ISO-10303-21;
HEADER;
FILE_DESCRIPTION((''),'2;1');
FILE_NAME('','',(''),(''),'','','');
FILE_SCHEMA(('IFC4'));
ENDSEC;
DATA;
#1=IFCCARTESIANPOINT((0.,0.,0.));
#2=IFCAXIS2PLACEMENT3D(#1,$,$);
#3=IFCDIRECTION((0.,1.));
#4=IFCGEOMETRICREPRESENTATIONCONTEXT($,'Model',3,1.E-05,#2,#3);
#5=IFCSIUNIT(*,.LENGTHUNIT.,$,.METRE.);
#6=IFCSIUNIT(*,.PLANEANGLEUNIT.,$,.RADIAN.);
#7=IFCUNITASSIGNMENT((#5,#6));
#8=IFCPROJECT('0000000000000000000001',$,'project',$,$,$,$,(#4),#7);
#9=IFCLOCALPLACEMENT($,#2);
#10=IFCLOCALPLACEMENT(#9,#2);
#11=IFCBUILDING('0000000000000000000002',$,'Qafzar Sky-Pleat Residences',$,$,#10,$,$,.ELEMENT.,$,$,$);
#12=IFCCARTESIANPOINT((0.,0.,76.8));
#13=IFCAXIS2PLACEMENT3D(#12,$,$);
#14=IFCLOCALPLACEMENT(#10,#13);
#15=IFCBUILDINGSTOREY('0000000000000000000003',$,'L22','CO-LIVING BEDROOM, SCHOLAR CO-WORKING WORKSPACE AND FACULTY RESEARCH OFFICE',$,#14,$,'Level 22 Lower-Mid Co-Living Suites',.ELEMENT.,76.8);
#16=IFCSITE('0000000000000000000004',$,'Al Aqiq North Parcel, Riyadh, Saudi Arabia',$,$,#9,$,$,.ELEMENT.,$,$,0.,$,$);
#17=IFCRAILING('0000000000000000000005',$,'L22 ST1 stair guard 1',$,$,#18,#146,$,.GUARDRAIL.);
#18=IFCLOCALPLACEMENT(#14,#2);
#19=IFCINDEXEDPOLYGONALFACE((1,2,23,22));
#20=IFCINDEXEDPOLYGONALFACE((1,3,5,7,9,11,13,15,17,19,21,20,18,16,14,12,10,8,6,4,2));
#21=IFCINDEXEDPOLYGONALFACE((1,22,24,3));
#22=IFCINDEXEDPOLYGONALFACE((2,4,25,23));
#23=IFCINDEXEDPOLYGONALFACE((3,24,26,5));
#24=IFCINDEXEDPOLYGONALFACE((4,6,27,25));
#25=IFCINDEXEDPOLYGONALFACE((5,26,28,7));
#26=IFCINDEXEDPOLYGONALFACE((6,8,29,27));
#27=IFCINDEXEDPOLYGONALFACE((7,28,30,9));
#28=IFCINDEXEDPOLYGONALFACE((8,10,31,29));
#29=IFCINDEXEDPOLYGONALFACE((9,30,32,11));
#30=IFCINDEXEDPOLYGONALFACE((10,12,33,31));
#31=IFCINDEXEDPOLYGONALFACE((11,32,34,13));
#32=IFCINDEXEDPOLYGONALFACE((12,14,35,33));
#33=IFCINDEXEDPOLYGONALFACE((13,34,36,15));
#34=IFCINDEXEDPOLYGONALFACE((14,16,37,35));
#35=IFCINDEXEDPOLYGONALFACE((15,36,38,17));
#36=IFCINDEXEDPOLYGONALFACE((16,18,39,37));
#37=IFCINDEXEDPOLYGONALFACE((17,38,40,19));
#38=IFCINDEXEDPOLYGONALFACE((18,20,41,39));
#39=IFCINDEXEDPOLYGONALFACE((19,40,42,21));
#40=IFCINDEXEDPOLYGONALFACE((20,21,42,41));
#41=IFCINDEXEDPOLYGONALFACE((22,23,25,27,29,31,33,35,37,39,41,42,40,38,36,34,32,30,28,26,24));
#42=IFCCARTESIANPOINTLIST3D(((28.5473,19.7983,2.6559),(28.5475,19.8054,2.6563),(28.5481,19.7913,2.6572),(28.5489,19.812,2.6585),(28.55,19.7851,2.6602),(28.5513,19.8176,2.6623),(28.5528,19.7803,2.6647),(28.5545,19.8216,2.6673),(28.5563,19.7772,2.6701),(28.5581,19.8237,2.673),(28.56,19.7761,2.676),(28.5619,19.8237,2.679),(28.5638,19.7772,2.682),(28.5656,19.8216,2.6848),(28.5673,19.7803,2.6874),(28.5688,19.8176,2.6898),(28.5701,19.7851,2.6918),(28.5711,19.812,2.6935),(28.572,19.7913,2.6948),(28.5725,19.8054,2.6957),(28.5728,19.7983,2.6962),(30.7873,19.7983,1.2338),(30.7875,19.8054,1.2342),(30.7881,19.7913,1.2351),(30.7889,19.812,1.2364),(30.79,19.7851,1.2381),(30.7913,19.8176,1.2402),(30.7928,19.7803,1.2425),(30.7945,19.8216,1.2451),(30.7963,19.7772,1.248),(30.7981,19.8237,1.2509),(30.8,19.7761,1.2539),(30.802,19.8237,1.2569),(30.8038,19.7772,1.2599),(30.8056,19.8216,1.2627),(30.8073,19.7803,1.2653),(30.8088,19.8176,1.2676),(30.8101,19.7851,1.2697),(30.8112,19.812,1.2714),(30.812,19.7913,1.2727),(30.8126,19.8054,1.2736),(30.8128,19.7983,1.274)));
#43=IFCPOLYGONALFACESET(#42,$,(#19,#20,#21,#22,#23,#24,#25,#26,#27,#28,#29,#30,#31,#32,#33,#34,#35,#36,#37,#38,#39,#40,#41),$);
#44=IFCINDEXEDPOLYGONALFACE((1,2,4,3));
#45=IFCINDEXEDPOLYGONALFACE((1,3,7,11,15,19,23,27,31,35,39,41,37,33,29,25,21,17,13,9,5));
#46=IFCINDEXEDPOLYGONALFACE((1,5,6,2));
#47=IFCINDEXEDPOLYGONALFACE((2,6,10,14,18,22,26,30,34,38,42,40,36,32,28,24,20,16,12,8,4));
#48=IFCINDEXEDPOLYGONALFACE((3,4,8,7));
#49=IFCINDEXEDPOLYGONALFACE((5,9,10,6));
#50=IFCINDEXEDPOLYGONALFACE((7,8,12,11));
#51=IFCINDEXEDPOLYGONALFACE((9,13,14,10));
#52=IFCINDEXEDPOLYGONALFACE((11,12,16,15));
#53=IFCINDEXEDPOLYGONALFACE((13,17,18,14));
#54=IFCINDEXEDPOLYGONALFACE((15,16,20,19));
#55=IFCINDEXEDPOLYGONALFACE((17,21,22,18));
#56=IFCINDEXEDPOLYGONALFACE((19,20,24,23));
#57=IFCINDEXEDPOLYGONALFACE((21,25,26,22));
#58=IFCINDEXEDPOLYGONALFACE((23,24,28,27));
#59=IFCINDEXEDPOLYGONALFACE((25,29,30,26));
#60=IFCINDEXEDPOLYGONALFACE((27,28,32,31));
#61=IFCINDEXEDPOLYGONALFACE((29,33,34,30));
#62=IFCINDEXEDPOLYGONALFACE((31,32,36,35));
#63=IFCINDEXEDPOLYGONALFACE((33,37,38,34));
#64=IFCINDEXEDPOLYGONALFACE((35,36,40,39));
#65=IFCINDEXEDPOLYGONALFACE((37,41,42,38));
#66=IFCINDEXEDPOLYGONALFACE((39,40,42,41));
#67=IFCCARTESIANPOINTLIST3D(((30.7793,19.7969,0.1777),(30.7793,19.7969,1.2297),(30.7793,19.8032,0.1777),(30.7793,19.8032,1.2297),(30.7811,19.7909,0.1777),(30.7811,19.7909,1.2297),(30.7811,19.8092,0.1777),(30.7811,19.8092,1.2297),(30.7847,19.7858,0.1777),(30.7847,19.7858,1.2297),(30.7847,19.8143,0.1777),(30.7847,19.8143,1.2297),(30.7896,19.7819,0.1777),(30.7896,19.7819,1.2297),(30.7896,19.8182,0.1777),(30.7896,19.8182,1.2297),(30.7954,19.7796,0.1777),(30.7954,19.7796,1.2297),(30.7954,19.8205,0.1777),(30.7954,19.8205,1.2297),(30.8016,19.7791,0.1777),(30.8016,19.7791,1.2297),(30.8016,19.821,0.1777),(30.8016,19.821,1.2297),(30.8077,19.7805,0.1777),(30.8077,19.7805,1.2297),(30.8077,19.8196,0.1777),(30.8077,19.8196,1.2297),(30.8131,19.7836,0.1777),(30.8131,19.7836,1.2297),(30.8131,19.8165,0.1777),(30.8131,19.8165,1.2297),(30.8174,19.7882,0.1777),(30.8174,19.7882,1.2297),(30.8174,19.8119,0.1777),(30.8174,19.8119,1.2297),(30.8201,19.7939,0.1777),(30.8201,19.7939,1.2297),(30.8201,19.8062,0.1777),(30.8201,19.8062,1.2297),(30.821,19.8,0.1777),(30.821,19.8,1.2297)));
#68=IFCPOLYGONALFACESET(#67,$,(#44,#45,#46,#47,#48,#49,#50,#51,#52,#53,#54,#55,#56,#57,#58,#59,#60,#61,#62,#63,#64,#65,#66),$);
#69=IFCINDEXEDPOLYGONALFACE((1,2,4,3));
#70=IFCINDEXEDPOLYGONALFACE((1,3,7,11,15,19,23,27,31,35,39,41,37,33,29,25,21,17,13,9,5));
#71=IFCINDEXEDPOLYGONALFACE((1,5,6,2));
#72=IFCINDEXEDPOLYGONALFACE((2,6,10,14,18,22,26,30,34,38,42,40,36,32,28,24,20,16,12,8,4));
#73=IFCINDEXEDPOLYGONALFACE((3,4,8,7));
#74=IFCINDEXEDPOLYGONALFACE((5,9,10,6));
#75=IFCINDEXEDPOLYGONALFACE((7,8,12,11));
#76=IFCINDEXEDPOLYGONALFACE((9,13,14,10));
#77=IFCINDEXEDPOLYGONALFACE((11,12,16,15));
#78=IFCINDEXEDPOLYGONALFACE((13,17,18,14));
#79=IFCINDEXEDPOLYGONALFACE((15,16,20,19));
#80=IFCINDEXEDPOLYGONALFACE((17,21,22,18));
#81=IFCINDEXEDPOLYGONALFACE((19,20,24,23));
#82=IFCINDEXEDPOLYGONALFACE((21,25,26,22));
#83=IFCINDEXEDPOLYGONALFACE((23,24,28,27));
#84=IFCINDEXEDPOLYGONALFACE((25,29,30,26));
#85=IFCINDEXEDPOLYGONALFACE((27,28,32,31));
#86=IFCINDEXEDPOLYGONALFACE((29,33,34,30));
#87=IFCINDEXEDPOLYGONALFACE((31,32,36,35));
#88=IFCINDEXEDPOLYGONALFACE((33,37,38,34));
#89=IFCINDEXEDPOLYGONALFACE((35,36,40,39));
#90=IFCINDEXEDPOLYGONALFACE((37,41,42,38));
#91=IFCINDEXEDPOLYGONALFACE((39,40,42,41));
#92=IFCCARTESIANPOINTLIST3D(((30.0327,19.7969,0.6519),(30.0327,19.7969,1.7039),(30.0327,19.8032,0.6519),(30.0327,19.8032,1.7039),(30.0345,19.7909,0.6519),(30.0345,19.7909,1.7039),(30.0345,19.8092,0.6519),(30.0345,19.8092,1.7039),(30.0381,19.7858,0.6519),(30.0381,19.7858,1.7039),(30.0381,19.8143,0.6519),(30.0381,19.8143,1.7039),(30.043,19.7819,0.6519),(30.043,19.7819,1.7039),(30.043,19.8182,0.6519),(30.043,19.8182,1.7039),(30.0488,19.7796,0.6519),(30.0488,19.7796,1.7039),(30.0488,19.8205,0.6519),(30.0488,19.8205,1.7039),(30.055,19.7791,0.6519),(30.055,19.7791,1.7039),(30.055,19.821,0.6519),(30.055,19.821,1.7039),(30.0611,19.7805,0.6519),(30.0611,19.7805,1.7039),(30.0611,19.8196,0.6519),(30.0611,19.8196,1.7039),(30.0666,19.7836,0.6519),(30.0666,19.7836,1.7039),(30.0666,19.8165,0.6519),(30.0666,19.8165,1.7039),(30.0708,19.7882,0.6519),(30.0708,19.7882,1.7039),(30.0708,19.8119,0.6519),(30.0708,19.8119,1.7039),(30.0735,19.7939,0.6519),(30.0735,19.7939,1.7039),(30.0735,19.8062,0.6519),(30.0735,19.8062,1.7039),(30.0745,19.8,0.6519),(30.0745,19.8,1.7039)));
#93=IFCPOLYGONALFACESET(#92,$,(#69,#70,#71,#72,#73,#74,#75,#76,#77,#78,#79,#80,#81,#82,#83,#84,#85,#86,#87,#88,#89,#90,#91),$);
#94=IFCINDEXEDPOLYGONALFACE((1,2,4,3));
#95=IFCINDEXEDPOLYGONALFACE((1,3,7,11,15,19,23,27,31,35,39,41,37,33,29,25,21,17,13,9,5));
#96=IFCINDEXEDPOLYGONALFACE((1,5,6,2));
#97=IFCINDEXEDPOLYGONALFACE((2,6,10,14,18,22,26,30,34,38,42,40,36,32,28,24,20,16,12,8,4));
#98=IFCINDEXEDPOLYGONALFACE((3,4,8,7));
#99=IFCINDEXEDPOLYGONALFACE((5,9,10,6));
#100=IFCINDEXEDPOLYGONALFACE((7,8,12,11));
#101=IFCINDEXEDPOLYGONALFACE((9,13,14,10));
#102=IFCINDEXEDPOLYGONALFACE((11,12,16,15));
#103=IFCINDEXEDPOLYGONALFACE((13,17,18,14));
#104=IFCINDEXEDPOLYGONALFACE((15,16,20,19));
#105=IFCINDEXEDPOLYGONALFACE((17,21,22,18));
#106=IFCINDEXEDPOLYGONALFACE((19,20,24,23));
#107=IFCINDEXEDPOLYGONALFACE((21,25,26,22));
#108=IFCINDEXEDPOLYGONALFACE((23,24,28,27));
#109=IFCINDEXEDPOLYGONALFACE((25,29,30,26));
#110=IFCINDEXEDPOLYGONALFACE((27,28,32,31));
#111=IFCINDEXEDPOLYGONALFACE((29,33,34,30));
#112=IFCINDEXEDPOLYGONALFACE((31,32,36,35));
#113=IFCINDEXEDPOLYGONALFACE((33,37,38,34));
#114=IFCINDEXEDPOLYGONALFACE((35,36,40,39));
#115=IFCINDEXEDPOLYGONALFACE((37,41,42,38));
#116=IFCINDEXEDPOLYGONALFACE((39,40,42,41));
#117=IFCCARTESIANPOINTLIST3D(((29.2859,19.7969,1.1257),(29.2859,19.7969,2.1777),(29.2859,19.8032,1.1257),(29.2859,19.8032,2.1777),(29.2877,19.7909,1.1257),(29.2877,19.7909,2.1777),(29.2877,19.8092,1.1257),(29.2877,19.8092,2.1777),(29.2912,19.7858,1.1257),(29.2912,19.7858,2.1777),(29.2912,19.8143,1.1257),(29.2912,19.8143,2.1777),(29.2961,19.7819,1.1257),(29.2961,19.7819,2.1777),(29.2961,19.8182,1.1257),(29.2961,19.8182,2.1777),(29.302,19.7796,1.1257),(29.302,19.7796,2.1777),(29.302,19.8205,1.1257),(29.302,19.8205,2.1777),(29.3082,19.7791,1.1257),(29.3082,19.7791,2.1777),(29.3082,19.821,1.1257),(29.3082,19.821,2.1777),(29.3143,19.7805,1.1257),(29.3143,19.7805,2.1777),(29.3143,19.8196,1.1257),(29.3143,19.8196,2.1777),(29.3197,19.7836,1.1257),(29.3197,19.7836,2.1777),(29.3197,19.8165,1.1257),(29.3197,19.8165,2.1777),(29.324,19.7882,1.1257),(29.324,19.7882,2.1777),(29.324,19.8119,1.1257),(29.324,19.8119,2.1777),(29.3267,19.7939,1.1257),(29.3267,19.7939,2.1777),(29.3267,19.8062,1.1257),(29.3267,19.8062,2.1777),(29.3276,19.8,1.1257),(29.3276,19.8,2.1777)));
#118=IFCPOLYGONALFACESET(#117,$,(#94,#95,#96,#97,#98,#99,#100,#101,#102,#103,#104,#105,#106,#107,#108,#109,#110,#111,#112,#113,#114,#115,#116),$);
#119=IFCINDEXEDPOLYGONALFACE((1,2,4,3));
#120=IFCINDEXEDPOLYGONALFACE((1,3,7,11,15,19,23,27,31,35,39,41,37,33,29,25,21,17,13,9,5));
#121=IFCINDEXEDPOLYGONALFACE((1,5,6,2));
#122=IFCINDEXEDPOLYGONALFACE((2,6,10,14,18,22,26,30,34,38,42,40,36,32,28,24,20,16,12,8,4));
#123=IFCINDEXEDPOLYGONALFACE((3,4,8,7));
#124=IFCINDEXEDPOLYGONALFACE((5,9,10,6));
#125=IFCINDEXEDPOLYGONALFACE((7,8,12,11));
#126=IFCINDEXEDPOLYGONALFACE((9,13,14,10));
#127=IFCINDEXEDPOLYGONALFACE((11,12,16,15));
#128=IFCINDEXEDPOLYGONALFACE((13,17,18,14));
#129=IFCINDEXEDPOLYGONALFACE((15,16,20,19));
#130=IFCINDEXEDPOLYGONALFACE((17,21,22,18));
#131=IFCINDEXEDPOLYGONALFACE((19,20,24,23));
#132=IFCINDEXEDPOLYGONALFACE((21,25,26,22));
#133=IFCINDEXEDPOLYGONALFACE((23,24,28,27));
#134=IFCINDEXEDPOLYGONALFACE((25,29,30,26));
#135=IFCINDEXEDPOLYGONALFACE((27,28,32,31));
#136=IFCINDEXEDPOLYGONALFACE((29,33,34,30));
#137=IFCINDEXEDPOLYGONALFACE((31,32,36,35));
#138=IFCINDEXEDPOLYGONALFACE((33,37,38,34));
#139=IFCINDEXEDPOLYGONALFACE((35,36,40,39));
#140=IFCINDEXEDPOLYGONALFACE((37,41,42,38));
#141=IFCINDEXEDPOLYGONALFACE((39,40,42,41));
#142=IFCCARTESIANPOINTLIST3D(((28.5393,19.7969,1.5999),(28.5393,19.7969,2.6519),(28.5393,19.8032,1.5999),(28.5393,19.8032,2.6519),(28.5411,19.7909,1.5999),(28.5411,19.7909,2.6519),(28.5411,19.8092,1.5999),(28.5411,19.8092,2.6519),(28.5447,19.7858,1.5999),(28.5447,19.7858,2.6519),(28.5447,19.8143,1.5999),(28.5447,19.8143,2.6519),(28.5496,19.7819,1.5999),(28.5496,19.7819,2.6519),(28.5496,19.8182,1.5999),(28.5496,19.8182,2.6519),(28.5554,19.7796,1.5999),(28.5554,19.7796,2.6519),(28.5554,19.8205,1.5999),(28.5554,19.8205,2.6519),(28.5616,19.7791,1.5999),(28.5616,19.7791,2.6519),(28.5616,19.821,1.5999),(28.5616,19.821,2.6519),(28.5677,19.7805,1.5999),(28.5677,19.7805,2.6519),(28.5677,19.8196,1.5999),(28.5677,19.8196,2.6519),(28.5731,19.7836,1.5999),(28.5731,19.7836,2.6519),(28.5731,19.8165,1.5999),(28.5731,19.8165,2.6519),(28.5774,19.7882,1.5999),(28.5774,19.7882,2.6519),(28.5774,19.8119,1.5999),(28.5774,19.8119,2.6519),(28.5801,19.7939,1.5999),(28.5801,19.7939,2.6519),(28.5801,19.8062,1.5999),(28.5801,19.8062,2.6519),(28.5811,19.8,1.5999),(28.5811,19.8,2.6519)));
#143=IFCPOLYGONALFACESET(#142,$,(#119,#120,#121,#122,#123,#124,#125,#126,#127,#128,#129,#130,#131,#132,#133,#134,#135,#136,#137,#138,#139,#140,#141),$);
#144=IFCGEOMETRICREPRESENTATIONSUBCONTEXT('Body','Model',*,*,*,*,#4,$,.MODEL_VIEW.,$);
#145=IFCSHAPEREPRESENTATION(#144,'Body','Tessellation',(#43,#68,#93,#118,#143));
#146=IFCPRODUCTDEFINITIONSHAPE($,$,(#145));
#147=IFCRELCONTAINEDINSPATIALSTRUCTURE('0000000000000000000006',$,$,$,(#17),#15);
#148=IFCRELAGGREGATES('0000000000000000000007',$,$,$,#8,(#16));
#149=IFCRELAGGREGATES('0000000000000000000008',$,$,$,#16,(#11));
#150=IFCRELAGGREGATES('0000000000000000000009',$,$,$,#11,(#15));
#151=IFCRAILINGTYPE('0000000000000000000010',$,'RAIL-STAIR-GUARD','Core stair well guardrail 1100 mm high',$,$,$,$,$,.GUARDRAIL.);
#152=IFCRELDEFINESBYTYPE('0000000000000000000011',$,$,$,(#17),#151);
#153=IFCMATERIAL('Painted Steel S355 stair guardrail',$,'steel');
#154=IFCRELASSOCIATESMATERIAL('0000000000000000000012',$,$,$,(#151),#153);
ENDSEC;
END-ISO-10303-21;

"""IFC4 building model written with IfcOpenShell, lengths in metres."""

from ifc_helpers import new_model, si_unit, direction, frame, origin, origin_2d, place, context, subcontext, project, spatial, circle, extrude, source, transform, mapped, material, type_object, element, save


model = new_model("IFC4")

# Units and contexts
model_context = context("Model", 3, precision=1e-05, world=origin(), true_north=direction((0.0, 1.0)))
body_context = subcontext(model_context, "Body", "Model", "MODEL_VIEW")
ifc_project = project(units=[si_unit("LENGTHUNIT", "METRE"), si_unit("PLANEANGLEUNIT", "RADIAN")], contexts=[model_context])

# Site, building, storey
site_placement = place(None, origin())
site = spatial("IfcSite", under=ifc_project, at=site_placement, Name="Al Aqiq North Parcel, Riyadh, Saudi Arabia", CompositionType="ELEMENT", RefElevation=0.0)
building_placement = place(site_placement, origin())
building = spatial("IfcBuilding", under=site, at=building_placement, Name="Qafzar Sky-Pleat Residences", CompositionType="ELEMENT")
storey_placement = place(building_placement, frame((0.0, 0.0, 76.8)))
storey = spatial("IfcBuildingStorey", under=building, at=storey_placement, Name="L22", Description="CO-LIVING BEDROOM, SCHOLAR CO-WORKING WORKSPACE AND FACULTY RESEARCH OFFICE", LongName="Level 22 Lower-Mid Co-Living Suites", CompositionType="ELEMENT", Elevation=76.8)

# Railing
ifc_material_1 = material(Name="Painted Steel S355 stair guardrail", Category="steel")
railing_type_1 = type_object("IfcRailingType", Name="RAIL-STAIR-GUARD", Description="Core stair well guardrail 1100 mm high", PredefinedType="GUARDRAIL", material=ifc_material_1)
shared_shape_1 = source(origin(), body_context, "Body", "SweptSolid", [
    extrude(circle(Radius=0.0239, at=origin_2d()), frame((0.0, 0.0, 1.0762), z_axis=(-0.844229, 0.0, 0.535982), x_axis=(0.0, -1.0, 0.0)), (0.0, 0.0, 1.0), 2.6533),
    extrude(circle(Radius=0.021, at=origin_2d()), origin(), (0.0, 0.0, 1.0), 1.052),
    extrude(circle(Radius=0.021, at=origin_2d()), frame((-0.7466, 0.0, 0.4741)), (0.0, 0.0, 1.0), 1.052),
    extrude(circle(Radius=0.021, at=origin_2d()), frame((-1.4934, 0.0, 0.948)), (0.0, 0.0, 1.0), 1.052),
    extrude(circle(Radius=0.021, at=origin_2d()), frame((-2.24, 0.0, 1.4221)), (0.0, 0.0, 1.0), 1.052),
])
railing_1_placement = place(storey_placement, frame((30.8, 19.8, 0.1777)))
element("IfcRailing", 1, at=railing_1_placement, inside=storey, type_object=railing_type_1, Name="L22 ST1 stair guard 1", PredefinedType="GUARDRAIL", context=body_context, shape_type="MappedRepresentation", body=[
    mapped(shared_shape_1, transform((0.0, 0.0, 0.0), x_axis=(1.0, 0.0, 0.0), y_axis=(0.0, 1.0, 0.0), z_axis=(0.0, 0.0, 1.0), scale=1.0)),
])

save(model, "model.ifc")
